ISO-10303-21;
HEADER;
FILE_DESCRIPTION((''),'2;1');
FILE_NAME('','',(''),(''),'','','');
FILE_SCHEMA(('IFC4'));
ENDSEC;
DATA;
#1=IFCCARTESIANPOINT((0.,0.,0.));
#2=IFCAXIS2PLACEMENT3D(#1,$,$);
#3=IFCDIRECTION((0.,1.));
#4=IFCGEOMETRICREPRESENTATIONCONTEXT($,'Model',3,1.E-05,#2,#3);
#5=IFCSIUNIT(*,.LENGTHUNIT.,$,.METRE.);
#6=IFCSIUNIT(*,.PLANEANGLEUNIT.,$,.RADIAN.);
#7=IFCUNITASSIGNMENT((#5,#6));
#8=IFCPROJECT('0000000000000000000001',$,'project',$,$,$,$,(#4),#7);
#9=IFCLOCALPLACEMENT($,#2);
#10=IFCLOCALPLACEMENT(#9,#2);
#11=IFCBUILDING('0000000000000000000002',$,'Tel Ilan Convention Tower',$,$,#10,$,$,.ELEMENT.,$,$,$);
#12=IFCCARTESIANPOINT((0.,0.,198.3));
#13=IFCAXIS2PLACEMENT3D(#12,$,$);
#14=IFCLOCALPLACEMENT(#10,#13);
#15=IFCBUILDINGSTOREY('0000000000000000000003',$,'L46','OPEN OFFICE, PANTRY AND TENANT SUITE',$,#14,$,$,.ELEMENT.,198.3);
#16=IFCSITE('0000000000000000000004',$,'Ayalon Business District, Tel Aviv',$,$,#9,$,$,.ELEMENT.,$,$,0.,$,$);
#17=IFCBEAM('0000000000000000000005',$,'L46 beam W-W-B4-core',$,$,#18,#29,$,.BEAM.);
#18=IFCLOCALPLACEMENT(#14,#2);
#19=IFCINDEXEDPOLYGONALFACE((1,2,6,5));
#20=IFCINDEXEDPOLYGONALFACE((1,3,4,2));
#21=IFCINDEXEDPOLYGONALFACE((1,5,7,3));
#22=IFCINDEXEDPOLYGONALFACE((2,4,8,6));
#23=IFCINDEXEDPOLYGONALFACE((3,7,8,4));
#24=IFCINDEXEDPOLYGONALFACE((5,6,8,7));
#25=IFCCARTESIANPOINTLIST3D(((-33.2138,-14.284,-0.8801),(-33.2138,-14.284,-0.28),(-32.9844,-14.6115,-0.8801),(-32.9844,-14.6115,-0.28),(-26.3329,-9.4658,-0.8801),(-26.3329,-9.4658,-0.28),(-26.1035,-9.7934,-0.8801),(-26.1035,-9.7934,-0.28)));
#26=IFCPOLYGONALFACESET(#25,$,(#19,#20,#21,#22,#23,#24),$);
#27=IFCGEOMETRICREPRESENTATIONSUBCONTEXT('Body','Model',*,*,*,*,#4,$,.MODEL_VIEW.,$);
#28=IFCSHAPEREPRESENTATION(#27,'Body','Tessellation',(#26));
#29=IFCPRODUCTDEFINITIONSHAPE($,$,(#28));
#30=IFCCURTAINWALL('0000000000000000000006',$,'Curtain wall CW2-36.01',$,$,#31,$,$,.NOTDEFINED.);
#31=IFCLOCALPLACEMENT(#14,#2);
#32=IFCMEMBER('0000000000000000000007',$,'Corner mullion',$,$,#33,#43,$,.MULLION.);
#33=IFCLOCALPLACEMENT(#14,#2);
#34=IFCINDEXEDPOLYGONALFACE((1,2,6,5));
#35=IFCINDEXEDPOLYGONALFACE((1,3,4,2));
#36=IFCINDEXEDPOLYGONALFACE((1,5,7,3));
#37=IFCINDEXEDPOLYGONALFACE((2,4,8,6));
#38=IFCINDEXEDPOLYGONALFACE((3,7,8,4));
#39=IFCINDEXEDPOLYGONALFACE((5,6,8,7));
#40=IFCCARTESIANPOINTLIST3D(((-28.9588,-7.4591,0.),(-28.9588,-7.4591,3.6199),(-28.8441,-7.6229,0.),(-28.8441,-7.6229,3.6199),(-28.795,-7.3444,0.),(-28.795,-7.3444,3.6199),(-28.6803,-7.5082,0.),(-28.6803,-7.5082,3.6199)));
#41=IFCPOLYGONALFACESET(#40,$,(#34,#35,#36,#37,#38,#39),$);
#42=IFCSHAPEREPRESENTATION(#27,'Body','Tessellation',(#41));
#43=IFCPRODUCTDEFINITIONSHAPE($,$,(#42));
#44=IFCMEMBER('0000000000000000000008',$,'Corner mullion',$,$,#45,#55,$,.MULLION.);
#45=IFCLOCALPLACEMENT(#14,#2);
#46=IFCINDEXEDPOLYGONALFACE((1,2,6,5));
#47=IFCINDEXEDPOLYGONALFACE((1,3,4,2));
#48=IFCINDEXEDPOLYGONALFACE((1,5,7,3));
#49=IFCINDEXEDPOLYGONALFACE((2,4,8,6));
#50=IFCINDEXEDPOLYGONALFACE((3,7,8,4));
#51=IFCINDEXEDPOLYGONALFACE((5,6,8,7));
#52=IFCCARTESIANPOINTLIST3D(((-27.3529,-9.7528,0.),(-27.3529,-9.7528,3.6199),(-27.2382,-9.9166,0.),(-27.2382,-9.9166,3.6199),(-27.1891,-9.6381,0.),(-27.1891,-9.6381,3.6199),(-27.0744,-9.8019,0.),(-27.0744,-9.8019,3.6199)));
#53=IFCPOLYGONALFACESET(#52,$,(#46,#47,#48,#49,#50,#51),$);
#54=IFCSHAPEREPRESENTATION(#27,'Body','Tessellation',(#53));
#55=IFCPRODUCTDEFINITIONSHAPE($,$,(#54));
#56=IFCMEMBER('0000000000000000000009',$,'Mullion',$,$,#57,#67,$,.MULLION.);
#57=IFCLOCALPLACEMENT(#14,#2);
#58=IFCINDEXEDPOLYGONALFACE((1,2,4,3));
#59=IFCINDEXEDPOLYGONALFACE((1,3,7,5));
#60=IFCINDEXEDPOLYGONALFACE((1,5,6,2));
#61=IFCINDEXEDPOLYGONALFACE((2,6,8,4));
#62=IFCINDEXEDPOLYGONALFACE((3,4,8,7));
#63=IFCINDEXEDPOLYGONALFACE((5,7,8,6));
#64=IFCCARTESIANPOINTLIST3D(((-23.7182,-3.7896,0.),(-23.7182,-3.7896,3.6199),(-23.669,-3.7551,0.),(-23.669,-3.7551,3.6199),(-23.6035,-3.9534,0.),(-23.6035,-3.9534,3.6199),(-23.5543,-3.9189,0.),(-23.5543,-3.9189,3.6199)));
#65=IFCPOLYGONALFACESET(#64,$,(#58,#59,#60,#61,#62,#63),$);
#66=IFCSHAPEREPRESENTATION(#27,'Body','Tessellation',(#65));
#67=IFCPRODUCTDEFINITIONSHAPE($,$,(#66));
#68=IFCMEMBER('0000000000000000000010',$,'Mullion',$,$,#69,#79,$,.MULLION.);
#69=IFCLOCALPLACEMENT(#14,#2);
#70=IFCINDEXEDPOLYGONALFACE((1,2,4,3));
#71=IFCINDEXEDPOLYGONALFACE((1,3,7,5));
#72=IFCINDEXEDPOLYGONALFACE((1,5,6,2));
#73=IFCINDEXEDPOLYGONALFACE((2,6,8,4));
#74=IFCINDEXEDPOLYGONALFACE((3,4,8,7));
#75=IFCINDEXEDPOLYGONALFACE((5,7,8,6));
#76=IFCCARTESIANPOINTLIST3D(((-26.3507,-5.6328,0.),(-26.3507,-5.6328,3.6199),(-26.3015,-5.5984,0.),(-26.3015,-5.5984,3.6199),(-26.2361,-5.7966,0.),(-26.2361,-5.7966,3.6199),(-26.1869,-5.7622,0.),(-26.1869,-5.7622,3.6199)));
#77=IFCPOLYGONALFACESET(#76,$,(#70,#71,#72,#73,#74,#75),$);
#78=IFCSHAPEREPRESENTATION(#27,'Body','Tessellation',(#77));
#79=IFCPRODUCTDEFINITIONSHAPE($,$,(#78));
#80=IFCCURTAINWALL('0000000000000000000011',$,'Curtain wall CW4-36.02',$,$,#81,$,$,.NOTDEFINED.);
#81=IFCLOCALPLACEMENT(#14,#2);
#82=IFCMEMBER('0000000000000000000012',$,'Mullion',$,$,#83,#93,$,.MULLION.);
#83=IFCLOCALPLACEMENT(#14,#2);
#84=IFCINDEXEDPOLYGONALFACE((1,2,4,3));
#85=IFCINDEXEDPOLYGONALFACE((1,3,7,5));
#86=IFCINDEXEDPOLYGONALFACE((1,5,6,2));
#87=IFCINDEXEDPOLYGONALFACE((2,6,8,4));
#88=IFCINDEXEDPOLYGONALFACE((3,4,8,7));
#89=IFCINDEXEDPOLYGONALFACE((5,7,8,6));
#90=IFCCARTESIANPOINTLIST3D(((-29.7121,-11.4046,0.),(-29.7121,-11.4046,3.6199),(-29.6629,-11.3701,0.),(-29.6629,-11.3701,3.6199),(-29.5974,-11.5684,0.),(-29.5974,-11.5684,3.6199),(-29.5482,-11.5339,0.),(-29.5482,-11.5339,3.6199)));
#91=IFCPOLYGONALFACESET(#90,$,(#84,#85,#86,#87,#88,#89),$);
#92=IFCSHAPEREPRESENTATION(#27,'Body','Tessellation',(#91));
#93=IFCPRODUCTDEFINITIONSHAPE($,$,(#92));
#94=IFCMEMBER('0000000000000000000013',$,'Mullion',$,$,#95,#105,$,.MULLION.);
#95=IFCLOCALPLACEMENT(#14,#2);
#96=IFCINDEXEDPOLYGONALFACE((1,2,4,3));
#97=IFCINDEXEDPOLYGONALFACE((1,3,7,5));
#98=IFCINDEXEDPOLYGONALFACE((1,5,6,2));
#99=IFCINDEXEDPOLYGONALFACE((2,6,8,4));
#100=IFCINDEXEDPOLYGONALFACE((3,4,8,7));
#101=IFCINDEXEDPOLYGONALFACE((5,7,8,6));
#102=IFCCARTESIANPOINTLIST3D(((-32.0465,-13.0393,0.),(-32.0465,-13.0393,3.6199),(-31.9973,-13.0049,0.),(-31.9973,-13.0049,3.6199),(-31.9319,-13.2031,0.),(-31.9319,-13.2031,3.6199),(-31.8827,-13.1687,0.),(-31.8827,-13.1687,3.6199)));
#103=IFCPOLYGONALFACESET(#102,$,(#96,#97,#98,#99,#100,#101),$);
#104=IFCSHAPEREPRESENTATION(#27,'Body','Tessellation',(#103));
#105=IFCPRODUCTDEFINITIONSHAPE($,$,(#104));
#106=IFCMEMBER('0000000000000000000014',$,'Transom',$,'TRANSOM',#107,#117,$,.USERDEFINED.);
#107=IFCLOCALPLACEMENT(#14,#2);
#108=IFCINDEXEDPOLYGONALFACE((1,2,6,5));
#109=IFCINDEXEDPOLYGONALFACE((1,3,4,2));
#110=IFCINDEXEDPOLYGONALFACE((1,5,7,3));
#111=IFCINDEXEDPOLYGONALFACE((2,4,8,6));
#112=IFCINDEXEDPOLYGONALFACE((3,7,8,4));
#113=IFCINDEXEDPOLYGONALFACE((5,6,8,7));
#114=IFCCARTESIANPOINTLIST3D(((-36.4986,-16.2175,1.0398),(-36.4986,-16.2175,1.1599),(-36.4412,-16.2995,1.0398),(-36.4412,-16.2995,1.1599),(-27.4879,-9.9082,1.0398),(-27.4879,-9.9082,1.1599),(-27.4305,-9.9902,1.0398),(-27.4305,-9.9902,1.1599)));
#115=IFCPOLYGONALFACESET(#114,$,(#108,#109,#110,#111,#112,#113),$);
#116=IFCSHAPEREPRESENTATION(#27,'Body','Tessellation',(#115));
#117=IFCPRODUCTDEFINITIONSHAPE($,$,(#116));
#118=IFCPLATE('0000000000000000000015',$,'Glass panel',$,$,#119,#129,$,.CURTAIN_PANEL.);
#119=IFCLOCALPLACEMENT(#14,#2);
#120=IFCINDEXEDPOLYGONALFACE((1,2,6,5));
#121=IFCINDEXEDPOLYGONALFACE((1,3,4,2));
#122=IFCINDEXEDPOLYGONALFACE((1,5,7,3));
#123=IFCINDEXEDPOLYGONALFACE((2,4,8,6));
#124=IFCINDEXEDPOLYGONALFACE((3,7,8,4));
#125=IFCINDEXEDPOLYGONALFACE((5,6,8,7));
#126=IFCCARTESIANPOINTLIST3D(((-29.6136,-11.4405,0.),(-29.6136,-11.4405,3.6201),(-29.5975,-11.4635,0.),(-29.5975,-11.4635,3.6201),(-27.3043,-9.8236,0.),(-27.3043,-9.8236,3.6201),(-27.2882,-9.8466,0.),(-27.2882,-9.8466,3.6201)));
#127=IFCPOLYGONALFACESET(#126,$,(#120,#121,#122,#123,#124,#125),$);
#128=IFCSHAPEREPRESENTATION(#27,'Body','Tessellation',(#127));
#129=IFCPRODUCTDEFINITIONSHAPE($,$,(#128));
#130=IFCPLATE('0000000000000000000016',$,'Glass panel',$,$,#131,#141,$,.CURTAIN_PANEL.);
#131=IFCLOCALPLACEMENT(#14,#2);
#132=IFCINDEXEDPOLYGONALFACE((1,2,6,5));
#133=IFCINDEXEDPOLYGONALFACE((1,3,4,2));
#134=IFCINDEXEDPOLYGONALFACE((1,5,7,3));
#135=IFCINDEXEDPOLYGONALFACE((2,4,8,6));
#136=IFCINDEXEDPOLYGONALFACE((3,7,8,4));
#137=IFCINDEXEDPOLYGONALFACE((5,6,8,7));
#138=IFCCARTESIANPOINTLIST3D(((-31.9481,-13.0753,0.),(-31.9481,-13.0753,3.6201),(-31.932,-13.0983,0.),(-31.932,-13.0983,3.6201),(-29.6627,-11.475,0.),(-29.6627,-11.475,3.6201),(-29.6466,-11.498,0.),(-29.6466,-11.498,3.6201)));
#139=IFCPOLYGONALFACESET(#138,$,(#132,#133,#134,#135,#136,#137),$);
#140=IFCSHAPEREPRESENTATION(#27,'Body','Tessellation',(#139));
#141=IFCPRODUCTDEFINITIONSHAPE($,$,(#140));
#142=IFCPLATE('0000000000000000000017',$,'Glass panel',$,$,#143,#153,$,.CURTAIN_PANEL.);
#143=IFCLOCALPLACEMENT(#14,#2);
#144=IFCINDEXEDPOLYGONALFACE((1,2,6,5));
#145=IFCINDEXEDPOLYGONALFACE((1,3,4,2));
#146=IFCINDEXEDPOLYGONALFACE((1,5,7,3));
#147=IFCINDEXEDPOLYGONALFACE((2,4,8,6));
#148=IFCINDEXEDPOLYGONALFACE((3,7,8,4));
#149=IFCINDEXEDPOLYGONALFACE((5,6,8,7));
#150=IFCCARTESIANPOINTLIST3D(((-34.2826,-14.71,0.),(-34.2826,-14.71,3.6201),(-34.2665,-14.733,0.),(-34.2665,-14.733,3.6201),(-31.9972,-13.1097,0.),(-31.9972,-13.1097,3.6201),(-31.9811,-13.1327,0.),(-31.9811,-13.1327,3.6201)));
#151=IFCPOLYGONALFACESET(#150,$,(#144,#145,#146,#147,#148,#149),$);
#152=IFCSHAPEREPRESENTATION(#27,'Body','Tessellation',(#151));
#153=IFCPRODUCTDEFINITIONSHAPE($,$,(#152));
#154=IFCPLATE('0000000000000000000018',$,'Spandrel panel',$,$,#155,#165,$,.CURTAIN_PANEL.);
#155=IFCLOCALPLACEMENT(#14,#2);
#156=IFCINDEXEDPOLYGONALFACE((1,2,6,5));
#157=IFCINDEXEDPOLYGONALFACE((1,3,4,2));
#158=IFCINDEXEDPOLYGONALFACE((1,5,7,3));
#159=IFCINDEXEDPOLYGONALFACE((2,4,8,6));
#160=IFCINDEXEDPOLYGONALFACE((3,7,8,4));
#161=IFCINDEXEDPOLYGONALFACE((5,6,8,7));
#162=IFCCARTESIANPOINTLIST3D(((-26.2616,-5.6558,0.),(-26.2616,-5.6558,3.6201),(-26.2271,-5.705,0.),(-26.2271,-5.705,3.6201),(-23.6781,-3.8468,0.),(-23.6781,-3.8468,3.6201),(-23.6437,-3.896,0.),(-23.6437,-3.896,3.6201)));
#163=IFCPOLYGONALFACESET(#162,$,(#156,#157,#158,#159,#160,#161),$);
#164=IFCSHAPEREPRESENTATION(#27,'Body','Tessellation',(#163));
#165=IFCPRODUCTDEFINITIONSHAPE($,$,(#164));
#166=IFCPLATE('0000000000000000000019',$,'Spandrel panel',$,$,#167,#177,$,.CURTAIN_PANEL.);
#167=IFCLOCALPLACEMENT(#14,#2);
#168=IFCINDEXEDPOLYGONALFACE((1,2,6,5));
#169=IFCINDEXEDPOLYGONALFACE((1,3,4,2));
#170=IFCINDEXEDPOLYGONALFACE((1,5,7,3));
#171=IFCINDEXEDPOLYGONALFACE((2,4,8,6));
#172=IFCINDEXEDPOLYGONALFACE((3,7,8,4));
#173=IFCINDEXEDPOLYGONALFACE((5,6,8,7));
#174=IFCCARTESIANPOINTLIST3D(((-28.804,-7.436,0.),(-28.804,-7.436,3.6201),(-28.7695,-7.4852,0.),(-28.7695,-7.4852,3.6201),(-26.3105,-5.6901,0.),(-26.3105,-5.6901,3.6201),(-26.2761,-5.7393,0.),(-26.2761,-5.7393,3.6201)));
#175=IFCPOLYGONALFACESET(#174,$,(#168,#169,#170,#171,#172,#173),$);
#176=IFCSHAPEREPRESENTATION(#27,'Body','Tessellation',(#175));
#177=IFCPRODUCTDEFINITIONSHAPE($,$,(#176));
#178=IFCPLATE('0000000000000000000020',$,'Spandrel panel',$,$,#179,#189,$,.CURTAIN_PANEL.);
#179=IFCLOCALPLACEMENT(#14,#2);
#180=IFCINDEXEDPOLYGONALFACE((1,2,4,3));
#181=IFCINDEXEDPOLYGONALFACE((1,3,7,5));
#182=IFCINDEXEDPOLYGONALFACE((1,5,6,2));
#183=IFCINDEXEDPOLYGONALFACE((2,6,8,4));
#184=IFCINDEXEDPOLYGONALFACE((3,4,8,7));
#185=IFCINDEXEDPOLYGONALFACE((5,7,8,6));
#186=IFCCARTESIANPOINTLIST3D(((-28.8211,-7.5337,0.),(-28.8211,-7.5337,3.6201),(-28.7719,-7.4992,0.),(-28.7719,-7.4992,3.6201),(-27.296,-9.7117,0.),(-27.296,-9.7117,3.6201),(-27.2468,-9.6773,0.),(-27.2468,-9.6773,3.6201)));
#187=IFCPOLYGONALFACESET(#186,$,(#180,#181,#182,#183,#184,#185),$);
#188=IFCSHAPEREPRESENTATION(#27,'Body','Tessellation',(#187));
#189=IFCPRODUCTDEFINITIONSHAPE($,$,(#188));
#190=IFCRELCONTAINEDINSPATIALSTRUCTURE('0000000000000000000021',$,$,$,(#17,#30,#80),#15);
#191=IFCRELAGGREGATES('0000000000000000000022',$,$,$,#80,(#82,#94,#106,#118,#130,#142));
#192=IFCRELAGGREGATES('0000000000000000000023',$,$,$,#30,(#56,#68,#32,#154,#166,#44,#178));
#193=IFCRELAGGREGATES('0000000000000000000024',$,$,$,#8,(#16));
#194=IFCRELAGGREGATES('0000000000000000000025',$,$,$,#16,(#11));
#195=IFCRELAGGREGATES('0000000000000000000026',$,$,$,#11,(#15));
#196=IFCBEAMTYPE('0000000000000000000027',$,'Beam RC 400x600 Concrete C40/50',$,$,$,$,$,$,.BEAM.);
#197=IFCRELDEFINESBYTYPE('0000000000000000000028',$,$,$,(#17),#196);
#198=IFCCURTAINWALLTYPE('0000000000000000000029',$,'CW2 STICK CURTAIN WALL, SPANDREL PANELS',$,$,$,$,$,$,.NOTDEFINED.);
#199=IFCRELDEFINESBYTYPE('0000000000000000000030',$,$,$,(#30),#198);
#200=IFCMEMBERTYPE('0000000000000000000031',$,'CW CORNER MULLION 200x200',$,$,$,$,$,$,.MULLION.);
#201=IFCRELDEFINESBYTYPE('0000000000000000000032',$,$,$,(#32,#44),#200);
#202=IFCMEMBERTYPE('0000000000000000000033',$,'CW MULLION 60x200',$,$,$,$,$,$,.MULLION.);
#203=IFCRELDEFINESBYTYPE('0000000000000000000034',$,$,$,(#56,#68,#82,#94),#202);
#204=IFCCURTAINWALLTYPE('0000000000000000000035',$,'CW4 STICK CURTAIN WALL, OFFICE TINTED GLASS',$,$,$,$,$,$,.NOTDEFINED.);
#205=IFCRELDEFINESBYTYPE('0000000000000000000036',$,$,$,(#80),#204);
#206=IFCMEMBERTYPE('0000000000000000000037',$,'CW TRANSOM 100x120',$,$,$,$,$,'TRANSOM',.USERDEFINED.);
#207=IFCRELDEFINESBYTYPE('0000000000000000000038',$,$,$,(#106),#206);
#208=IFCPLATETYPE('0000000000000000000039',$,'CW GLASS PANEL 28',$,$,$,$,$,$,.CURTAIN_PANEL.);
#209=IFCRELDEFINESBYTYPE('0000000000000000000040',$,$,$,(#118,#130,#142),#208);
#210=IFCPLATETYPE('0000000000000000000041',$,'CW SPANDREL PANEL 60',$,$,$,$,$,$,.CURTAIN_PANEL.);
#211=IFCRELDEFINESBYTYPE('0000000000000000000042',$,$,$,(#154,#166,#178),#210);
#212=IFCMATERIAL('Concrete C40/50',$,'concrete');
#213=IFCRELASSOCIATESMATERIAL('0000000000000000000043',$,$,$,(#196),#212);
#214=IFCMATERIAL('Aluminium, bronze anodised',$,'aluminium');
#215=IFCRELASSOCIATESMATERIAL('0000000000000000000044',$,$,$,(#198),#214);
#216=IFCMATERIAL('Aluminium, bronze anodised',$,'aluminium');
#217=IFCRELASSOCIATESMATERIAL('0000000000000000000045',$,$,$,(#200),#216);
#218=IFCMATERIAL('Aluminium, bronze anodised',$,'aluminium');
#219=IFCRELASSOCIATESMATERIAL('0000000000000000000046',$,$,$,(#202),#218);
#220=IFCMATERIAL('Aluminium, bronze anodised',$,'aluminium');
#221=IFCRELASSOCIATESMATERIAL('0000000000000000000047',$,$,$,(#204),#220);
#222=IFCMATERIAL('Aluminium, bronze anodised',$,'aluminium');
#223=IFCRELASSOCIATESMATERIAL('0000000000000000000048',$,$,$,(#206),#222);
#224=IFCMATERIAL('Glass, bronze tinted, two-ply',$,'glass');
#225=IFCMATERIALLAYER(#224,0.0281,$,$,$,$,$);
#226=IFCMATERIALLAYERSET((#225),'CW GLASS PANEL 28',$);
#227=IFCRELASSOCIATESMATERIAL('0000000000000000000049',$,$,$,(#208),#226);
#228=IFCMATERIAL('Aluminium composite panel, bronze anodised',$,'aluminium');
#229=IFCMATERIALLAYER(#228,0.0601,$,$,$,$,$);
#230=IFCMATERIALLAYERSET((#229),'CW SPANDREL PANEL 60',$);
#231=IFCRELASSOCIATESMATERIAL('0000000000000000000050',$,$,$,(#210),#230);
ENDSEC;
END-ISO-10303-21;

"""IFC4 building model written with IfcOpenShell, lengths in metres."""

from ifc_helpers import new_model, si_unit, direction, frame, origin, origin_2d, place, context, subcontext, project, spatial, rectangle, extrude, material, layer, layer_set, material_profile, profile_set, type_object, element, aggregate, save


model = new_model("IFC4")

# Units and contexts
model_context = context("Model", 3, precision=1e-05, world=origin(), true_north=direction((0.0, 1.0)))
body_context = subcontext(model_context, "Body", "Model", "MODEL_VIEW")
ifc_project = project(units=[si_unit("LENGTHUNIT", "METRE"), si_unit("PLANEANGLEUNIT", "RADIAN")], contexts=[model_context])

# Site, building, storey
site_placement = place(None, origin())
site = spatial("IfcSite", under=ifc_project, at=site_placement, Name="Ayalon Business District, Tel Aviv", CompositionType="ELEMENT", RefElevation=0.0)
building_placement = place(site_placement, origin())
building = spatial("IfcBuilding", under=site, at=building_placement, Name="Tel Ilan Convention Tower", CompositionType="ELEMENT")
storey_placement = place(building_placement, frame((0.0, 0.0, 198.3)))
storey = spatial("IfcBuildingStorey", under=building, at=storey_placement, Name="L46", Description="OPEN OFFICE, PANTRY AND TENANT SUITE", CompositionType="ELEMENT", Elevation=198.3)

# Beam
ifc_material_1 = material(Name="Concrete C40/50", Category="concrete")
ifc_material_profile_1 = material_profile(ifc_material_1, rectangle(XDim=0.3999, YDim=0.6001, at=origin_2d()), Name="RC 400x600")
ifc_profile_set_1 = profile_set([ifc_material_profile_1], Name="Concrete C40/50")
beam_type = type_object("IfcBeamType", Name="Beam RC 400x600 Concrete C40/50", PredefinedType="BEAM", material=ifc_profile_set_1)
beam_placement = place(storey_placement, frame((-33.0991, -14.4478, -0.5801), z_axis=(0.819147, 0.573583, 0.0), x_axis=(-0.573583, 0.819147, 0.0)))
element("IfcBeam", 1, at=beam_placement, inside=storey, type_object=beam_type, Name="L46 beam W-W-B4-core", PredefinedType="BEAM", context=body_context, shape_type="SweptSolid", body=[
    extrude(rectangle(XDim=0.3999, YDim=0.6001, at=origin_2d()), origin(), (0.0, 0.0, 1.0), 8.4001),
])

# Curtain wall, members
ifc_material_2 = material(Name="Aluminium, bronze anodised", Category="aluminium")
curtain_wall_type_1 = type_object("IfcCurtainWallType", Name="CW2 STICK CURTAIN WALL, SPANDREL PANELS", PredefinedType="NOTDEFINED", material=ifc_material_2)
curtain_wall_1_placement = place(storey_placement, origin())
curtain_wall_1 = element("IfcCurtainWall", 2, at=curtain_wall_1_placement, inside=storey, type_object=curtain_wall_type_1, Name="Curtain wall CW2-36.01", PredefinedType="NOTDEFINED")
ifc_material_3 = material(Name="Aluminium, bronze anodised", Category="aluminium")
ifc_material_profile_2 = material_profile(ifc_material_3, rectangle(XDim=0.2, YDim=0.2, at=origin_2d()), Name="CW CORNER MULLION 200x200")
ifc_profile_set_2 = profile_set([ifc_material_profile_2], Name="Aluminium, bronze anodised")
member_type_1 = type_object("IfcMemberType", Name="CW CORNER MULLION 200x200", PredefinedType="MULLION", material=ifc_profile_set_2)
member_1_placement = place(storey_placement, frame((-28.8196, -7.4836, 0.0), z_axis=(0.0, 0.0, 1.0), x_axis=(-0.819152, -0.573576, 0.0)))
member_1 = element("IfcMember", 3, at=member_1_placement, type_object=member_type_1, Name="Corner mullion", PredefinedType="MULLION", context=body_context, shape_type="SweptSolid", body=[
    extrude(rectangle(XDim=0.2, YDim=0.2, at=origin_2d()), origin(), (0.0, 0.0, 1.0), 3.6199),
])
member_2_placement = place(storey_placement, frame((-27.2136, -9.7773, 0.0), z_axis=(0.0, 0.0, 1.0), x_axis=(0.573576, -0.819152, 0.0)))
member_2 = element("IfcMember", 4, at=member_2_placement, type_object=member_type_1, Name="Corner mullion", PredefinedType="MULLION", context=body_context, shape_type="SweptSolid", body=[
    extrude(rectangle(XDim=0.2, YDim=0.2, at=origin_2d()), origin(), (0.0, 0.0, 1.0), 3.6199),
])
ifc_material_4 = material(Name="Aluminium, bronze anodised", Category="aluminium")
ifc_material_profile_3 = material_profile(ifc_material_4, rectangle(XDim=0.0601, YDim=0.2, at=origin_2d()), Name="CW MULLION 60x200")
ifc_profile_set_3 = profile_set([ifc_material_profile_3], Name="Aluminium, bronze anodised")
member_type_2 = type_object("IfcMemberType", Name="CW MULLION 60x200", PredefinedType="MULLION", material=ifc_profile_set_3)
member_3_placement = place(storey_placement, frame((-23.6362, -3.8542, 0.0), z_axis=(0.0, 0.0, 1.0), x_axis=(-0.819152, -0.573576, 0.0)))
member_3 = element("IfcMember", 5, at=member_3_placement, type_object=member_type_2, Name="Mullion", PredefinedType="MULLION", context=body_context, shape_type="SweptSolid", body=[
    extrude(rectangle(XDim=0.0601, YDim=0.2, at=origin_2d()), origin(), (0.0, 0.0, 1.0), 3.6199),
])
member_4_placement = place(storey_placement, frame((-26.2688, -5.6975, 0.0), z_axis=(0.0, 0.0, 1.0), x_axis=(-0.819152, -0.573576, 0.0)))
member_4 = element("IfcMember", 6, at=member_4_placement, type_object=member_type_2, Name="Mullion", PredefinedType="MULLION", context=body_context, shape_type="SweptSolid", body=[
    extrude(rectangle(XDim=0.0601, YDim=0.2, at=origin_2d()), origin(), (0.0, 0.0, 1.0), 3.6199),
])

# Curtain wall, members, plates
ifc_material_5 = material(Name="Aluminium, bronze anodised", Category="aluminium")
curtain_wall_type_2 = type_object("IfcCurtainWallType", Name="CW4 STICK CURTAIN WALL, OFFICE TINTED GLASS", PredefinedType="NOTDEFINED", material=ifc_material_5)
curtain_wall_2_placement = place(storey_placement, origin())
curtain_wall_2 = element("IfcCurtainWall", 7, at=curtain_wall_2_placement, inside=storey, type_object=curtain_wall_type_2, Name="Curtain wall CW4-36.02", PredefinedType="NOTDEFINED")
member_5_placement = place(storey_placement, frame((-29.6301, -11.4692, 0.0), z_axis=(0.0, 0.0, 1.0), x_axis=(-0.819152, -0.573576, 0.0)))
member_5 = element("IfcMember", 8, at=member_5_placement, type_object=member_type_2, Name="Mullion", PredefinedType="MULLION", context=body_context, shape_type="SweptSolid", body=[
    extrude(rectangle(XDim=0.0601, YDim=0.2, at=origin_2d()), origin(), (0.0, 0.0, 1.0), 3.6199),
])
member_6_placement = place(storey_placement, frame((-31.9646, -13.104, 0.0), z_axis=(0.0, 0.0, 1.0), x_axis=(-0.819152, -0.573576, 0.0)))
member_6 = element("IfcMember", 9, at=member_6_placement, type_object=member_type_2, Name="Mullion", PredefinedType="MULLION", context=body_context, shape_type="SweptSolid", body=[
    extrude(rectangle(XDim=0.0601, YDim=0.2, at=origin_2d()), origin(), (0.0, 0.0, 1.0), 3.6199),
])
ifc_material_6 = material(Name="Aluminium, bronze anodised", Category="aluminium")
ifc_material_profile_4 = material_profile(ifc_material_6, rectangle(XDim=0.1001, YDim=0.1201, at=origin_2d()), Name="CW TRANSOM 100x120")
ifc_profile_set_4 = profile_set([ifc_material_profile_4], Name="Aluminium, bronze anodised")
member_type_3 = type_object("IfcMemberType", Name="CW TRANSOM 100x120", ElementType="TRANSOM", PredefinedType="USERDEFINED", material=ifc_profile_set_4)
member_7_placement = place(storey_placement, frame((-27.4592, -9.9492, 1.0999), z_axis=(-0.819155, -0.573573, 0.0), x_axis=(0.573573, -0.819155, 0.0)))
member_7 = element("IfcMember", 10, at=member_7_placement, type_object=member_type_3, Name="Transom", ObjectType="TRANSOM", PredefinedType="USERDEFINED", context=body_context, shape_type="SweptSolid", body=[
    extrude(rectangle(XDim=0.1001, YDim=0.1201, at=origin_2d()), origin(), (0.0, 0.0, 1.0), 11.0),
])
ifc_material_7 = material(Name="Glass, bronze tinted, two-ply", Category="glass")
ifc_layer_1 = layer(ifc_material_7, 0.0281)
ifc_layer_set_1 = layer_set([ifc_layer_1], Name="CW GLASS PANEL 28")
plate_type_1 = type_object("IfcPlateType", Name="CW GLASS PANEL 28", PredefinedType="CURTAIN_PANEL", material=ifc_layer_set_1)
plate_1_placement = place(storey_placement, frame((-28.4509, -10.6436, 0.0), z_axis=(0.0, 0.0, 1.0), x_axis=(-0.819152, -0.573576, 0.0)))
plate_1 = element("IfcPlate", 11, at=plate_1_placement, type_object=plate_type_1, Name="Glass panel", PredefinedType="CURTAIN_PANEL", context=body_context, shape_type="SweptSolid", body=[
    extrude(rectangle(XDim=2.8191, YDim=0.0281, at=origin_2d()), origin(), (0.0, 0.0, 1.0), 3.6201),
])
plate_2_placement = place(storey_placement, frame((-30.7974, -12.2866, 0.0), z_axis=(0.0, 0.0, 1.0), x_axis=(-0.819152, -0.573576, 0.0)))
plate_2 = element("IfcPlate", 12, at=plate_2_placement, type_object=plate_type_1, Name="Glass panel", PredefinedType="CURTAIN_PANEL", context=body_context, shape_type="SweptSolid", body=[
    extrude(rectangle(XDim=2.79, YDim=0.0281, at=origin_2d()), origin(), (0.0, 0.0, 1.0), 3.6201),
])
plate_3_placement = place(storey_placement, frame((-33.1318, -13.9214, 0.0), z_axis=(0.0, 0.0, 1.0), x_axis=(-0.819152, -0.573576, 0.0)))
plate_3 = element("IfcPlate", 13, at=plate_3_placement, type_object=plate_type_1, Name="Glass panel", PredefinedType="CURTAIN_PANEL", context=body_context, shape_type="SweptSolid", body=[
    extrude(rectangle(XDim=2.79, YDim=0.0281, at=origin_2d()), origin(), (0.0, 0.0, 1.0), 3.6201),
])
aggregate(curtain_wall_2, [member_5, member_6, member_7, plate_1, plate_2, plate_3])

# Plates
ifc_material_8 = material(Name="Aluminium composite panel, bronze anodised", Category="aluminium")
ifc_layer_2 = layer(ifc_material_8, 0.0601)
ifc_layer_set_2 = layer_set([ifc_layer_2], Name="CW SPANDREL PANEL 60")
plate_type_2 = type_object("IfcPlateType", Name="CW SPANDREL PANEL 60", PredefinedType="CURTAIN_PANEL", material=ifc_layer_set_2)
plate_4_placement = place(storey_placement, frame((-24.9526, -4.7759, 0.0), z_axis=(0.0, 0.0, 1.0), x_axis=(-0.819152, -0.573576, 0.0)))
plate_4 = element("IfcPlate", 14, at=plate_4_placement, type_object=plate_type_2, Name="Spandrel panel", PredefinedType="CURTAIN_PANEL", context=body_context, shape_type="SweptSolid", body=[
    extrude(rectangle(XDim=3.1538, YDim=0.0601, at=origin_2d()), origin(), (0.0, 0.0, 1.0), 3.6201),
])
plate_5_placement = place(storey_placement, frame((-27.54, -6.5876, 0.0), z_axis=(0.0, 0.0, 1.0), x_axis=(-0.819152, -0.573576, 0.0)))
plate_5 = element("IfcPlate", 15, at=plate_5_placement, type_object=plate_type_2, Name="Spandrel panel", PredefinedType="CURTAIN_PANEL", context=body_context, shape_type="SweptSolid", body=[
    extrude(rectangle(XDim=3.0439, YDim=0.0601, at=origin_2d()), origin(), (0.0, 0.0, 1.0), 3.6201),
])
plate_6_placement = place(storey_placement, frame((-28.0339, -8.6055, 0.0), z_axis=(0.0, 0.0, 1.0), x_axis=(0.573576, -0.819152, 0.0)))
plate_6 = element("IfcPlate", 16, at=plate_6_placement, type_object=plate_type_2, Name="Spandrel panel", PredefinedType="CURTAIN_PANEL", context=body_context, shape_type="SweptSolid", body=[
    extrude(rectangle(XDim=2.6589, YDim=0.0601, at=origin_2d()), origin(), (0.0, 0.0, 1.0), 3.6201),
])
aggregate(curtain_wall_1, [member_3, member_4, member_1, plate_4, plate_5, member_2, plate_6])

save(model, "model.ifc")
